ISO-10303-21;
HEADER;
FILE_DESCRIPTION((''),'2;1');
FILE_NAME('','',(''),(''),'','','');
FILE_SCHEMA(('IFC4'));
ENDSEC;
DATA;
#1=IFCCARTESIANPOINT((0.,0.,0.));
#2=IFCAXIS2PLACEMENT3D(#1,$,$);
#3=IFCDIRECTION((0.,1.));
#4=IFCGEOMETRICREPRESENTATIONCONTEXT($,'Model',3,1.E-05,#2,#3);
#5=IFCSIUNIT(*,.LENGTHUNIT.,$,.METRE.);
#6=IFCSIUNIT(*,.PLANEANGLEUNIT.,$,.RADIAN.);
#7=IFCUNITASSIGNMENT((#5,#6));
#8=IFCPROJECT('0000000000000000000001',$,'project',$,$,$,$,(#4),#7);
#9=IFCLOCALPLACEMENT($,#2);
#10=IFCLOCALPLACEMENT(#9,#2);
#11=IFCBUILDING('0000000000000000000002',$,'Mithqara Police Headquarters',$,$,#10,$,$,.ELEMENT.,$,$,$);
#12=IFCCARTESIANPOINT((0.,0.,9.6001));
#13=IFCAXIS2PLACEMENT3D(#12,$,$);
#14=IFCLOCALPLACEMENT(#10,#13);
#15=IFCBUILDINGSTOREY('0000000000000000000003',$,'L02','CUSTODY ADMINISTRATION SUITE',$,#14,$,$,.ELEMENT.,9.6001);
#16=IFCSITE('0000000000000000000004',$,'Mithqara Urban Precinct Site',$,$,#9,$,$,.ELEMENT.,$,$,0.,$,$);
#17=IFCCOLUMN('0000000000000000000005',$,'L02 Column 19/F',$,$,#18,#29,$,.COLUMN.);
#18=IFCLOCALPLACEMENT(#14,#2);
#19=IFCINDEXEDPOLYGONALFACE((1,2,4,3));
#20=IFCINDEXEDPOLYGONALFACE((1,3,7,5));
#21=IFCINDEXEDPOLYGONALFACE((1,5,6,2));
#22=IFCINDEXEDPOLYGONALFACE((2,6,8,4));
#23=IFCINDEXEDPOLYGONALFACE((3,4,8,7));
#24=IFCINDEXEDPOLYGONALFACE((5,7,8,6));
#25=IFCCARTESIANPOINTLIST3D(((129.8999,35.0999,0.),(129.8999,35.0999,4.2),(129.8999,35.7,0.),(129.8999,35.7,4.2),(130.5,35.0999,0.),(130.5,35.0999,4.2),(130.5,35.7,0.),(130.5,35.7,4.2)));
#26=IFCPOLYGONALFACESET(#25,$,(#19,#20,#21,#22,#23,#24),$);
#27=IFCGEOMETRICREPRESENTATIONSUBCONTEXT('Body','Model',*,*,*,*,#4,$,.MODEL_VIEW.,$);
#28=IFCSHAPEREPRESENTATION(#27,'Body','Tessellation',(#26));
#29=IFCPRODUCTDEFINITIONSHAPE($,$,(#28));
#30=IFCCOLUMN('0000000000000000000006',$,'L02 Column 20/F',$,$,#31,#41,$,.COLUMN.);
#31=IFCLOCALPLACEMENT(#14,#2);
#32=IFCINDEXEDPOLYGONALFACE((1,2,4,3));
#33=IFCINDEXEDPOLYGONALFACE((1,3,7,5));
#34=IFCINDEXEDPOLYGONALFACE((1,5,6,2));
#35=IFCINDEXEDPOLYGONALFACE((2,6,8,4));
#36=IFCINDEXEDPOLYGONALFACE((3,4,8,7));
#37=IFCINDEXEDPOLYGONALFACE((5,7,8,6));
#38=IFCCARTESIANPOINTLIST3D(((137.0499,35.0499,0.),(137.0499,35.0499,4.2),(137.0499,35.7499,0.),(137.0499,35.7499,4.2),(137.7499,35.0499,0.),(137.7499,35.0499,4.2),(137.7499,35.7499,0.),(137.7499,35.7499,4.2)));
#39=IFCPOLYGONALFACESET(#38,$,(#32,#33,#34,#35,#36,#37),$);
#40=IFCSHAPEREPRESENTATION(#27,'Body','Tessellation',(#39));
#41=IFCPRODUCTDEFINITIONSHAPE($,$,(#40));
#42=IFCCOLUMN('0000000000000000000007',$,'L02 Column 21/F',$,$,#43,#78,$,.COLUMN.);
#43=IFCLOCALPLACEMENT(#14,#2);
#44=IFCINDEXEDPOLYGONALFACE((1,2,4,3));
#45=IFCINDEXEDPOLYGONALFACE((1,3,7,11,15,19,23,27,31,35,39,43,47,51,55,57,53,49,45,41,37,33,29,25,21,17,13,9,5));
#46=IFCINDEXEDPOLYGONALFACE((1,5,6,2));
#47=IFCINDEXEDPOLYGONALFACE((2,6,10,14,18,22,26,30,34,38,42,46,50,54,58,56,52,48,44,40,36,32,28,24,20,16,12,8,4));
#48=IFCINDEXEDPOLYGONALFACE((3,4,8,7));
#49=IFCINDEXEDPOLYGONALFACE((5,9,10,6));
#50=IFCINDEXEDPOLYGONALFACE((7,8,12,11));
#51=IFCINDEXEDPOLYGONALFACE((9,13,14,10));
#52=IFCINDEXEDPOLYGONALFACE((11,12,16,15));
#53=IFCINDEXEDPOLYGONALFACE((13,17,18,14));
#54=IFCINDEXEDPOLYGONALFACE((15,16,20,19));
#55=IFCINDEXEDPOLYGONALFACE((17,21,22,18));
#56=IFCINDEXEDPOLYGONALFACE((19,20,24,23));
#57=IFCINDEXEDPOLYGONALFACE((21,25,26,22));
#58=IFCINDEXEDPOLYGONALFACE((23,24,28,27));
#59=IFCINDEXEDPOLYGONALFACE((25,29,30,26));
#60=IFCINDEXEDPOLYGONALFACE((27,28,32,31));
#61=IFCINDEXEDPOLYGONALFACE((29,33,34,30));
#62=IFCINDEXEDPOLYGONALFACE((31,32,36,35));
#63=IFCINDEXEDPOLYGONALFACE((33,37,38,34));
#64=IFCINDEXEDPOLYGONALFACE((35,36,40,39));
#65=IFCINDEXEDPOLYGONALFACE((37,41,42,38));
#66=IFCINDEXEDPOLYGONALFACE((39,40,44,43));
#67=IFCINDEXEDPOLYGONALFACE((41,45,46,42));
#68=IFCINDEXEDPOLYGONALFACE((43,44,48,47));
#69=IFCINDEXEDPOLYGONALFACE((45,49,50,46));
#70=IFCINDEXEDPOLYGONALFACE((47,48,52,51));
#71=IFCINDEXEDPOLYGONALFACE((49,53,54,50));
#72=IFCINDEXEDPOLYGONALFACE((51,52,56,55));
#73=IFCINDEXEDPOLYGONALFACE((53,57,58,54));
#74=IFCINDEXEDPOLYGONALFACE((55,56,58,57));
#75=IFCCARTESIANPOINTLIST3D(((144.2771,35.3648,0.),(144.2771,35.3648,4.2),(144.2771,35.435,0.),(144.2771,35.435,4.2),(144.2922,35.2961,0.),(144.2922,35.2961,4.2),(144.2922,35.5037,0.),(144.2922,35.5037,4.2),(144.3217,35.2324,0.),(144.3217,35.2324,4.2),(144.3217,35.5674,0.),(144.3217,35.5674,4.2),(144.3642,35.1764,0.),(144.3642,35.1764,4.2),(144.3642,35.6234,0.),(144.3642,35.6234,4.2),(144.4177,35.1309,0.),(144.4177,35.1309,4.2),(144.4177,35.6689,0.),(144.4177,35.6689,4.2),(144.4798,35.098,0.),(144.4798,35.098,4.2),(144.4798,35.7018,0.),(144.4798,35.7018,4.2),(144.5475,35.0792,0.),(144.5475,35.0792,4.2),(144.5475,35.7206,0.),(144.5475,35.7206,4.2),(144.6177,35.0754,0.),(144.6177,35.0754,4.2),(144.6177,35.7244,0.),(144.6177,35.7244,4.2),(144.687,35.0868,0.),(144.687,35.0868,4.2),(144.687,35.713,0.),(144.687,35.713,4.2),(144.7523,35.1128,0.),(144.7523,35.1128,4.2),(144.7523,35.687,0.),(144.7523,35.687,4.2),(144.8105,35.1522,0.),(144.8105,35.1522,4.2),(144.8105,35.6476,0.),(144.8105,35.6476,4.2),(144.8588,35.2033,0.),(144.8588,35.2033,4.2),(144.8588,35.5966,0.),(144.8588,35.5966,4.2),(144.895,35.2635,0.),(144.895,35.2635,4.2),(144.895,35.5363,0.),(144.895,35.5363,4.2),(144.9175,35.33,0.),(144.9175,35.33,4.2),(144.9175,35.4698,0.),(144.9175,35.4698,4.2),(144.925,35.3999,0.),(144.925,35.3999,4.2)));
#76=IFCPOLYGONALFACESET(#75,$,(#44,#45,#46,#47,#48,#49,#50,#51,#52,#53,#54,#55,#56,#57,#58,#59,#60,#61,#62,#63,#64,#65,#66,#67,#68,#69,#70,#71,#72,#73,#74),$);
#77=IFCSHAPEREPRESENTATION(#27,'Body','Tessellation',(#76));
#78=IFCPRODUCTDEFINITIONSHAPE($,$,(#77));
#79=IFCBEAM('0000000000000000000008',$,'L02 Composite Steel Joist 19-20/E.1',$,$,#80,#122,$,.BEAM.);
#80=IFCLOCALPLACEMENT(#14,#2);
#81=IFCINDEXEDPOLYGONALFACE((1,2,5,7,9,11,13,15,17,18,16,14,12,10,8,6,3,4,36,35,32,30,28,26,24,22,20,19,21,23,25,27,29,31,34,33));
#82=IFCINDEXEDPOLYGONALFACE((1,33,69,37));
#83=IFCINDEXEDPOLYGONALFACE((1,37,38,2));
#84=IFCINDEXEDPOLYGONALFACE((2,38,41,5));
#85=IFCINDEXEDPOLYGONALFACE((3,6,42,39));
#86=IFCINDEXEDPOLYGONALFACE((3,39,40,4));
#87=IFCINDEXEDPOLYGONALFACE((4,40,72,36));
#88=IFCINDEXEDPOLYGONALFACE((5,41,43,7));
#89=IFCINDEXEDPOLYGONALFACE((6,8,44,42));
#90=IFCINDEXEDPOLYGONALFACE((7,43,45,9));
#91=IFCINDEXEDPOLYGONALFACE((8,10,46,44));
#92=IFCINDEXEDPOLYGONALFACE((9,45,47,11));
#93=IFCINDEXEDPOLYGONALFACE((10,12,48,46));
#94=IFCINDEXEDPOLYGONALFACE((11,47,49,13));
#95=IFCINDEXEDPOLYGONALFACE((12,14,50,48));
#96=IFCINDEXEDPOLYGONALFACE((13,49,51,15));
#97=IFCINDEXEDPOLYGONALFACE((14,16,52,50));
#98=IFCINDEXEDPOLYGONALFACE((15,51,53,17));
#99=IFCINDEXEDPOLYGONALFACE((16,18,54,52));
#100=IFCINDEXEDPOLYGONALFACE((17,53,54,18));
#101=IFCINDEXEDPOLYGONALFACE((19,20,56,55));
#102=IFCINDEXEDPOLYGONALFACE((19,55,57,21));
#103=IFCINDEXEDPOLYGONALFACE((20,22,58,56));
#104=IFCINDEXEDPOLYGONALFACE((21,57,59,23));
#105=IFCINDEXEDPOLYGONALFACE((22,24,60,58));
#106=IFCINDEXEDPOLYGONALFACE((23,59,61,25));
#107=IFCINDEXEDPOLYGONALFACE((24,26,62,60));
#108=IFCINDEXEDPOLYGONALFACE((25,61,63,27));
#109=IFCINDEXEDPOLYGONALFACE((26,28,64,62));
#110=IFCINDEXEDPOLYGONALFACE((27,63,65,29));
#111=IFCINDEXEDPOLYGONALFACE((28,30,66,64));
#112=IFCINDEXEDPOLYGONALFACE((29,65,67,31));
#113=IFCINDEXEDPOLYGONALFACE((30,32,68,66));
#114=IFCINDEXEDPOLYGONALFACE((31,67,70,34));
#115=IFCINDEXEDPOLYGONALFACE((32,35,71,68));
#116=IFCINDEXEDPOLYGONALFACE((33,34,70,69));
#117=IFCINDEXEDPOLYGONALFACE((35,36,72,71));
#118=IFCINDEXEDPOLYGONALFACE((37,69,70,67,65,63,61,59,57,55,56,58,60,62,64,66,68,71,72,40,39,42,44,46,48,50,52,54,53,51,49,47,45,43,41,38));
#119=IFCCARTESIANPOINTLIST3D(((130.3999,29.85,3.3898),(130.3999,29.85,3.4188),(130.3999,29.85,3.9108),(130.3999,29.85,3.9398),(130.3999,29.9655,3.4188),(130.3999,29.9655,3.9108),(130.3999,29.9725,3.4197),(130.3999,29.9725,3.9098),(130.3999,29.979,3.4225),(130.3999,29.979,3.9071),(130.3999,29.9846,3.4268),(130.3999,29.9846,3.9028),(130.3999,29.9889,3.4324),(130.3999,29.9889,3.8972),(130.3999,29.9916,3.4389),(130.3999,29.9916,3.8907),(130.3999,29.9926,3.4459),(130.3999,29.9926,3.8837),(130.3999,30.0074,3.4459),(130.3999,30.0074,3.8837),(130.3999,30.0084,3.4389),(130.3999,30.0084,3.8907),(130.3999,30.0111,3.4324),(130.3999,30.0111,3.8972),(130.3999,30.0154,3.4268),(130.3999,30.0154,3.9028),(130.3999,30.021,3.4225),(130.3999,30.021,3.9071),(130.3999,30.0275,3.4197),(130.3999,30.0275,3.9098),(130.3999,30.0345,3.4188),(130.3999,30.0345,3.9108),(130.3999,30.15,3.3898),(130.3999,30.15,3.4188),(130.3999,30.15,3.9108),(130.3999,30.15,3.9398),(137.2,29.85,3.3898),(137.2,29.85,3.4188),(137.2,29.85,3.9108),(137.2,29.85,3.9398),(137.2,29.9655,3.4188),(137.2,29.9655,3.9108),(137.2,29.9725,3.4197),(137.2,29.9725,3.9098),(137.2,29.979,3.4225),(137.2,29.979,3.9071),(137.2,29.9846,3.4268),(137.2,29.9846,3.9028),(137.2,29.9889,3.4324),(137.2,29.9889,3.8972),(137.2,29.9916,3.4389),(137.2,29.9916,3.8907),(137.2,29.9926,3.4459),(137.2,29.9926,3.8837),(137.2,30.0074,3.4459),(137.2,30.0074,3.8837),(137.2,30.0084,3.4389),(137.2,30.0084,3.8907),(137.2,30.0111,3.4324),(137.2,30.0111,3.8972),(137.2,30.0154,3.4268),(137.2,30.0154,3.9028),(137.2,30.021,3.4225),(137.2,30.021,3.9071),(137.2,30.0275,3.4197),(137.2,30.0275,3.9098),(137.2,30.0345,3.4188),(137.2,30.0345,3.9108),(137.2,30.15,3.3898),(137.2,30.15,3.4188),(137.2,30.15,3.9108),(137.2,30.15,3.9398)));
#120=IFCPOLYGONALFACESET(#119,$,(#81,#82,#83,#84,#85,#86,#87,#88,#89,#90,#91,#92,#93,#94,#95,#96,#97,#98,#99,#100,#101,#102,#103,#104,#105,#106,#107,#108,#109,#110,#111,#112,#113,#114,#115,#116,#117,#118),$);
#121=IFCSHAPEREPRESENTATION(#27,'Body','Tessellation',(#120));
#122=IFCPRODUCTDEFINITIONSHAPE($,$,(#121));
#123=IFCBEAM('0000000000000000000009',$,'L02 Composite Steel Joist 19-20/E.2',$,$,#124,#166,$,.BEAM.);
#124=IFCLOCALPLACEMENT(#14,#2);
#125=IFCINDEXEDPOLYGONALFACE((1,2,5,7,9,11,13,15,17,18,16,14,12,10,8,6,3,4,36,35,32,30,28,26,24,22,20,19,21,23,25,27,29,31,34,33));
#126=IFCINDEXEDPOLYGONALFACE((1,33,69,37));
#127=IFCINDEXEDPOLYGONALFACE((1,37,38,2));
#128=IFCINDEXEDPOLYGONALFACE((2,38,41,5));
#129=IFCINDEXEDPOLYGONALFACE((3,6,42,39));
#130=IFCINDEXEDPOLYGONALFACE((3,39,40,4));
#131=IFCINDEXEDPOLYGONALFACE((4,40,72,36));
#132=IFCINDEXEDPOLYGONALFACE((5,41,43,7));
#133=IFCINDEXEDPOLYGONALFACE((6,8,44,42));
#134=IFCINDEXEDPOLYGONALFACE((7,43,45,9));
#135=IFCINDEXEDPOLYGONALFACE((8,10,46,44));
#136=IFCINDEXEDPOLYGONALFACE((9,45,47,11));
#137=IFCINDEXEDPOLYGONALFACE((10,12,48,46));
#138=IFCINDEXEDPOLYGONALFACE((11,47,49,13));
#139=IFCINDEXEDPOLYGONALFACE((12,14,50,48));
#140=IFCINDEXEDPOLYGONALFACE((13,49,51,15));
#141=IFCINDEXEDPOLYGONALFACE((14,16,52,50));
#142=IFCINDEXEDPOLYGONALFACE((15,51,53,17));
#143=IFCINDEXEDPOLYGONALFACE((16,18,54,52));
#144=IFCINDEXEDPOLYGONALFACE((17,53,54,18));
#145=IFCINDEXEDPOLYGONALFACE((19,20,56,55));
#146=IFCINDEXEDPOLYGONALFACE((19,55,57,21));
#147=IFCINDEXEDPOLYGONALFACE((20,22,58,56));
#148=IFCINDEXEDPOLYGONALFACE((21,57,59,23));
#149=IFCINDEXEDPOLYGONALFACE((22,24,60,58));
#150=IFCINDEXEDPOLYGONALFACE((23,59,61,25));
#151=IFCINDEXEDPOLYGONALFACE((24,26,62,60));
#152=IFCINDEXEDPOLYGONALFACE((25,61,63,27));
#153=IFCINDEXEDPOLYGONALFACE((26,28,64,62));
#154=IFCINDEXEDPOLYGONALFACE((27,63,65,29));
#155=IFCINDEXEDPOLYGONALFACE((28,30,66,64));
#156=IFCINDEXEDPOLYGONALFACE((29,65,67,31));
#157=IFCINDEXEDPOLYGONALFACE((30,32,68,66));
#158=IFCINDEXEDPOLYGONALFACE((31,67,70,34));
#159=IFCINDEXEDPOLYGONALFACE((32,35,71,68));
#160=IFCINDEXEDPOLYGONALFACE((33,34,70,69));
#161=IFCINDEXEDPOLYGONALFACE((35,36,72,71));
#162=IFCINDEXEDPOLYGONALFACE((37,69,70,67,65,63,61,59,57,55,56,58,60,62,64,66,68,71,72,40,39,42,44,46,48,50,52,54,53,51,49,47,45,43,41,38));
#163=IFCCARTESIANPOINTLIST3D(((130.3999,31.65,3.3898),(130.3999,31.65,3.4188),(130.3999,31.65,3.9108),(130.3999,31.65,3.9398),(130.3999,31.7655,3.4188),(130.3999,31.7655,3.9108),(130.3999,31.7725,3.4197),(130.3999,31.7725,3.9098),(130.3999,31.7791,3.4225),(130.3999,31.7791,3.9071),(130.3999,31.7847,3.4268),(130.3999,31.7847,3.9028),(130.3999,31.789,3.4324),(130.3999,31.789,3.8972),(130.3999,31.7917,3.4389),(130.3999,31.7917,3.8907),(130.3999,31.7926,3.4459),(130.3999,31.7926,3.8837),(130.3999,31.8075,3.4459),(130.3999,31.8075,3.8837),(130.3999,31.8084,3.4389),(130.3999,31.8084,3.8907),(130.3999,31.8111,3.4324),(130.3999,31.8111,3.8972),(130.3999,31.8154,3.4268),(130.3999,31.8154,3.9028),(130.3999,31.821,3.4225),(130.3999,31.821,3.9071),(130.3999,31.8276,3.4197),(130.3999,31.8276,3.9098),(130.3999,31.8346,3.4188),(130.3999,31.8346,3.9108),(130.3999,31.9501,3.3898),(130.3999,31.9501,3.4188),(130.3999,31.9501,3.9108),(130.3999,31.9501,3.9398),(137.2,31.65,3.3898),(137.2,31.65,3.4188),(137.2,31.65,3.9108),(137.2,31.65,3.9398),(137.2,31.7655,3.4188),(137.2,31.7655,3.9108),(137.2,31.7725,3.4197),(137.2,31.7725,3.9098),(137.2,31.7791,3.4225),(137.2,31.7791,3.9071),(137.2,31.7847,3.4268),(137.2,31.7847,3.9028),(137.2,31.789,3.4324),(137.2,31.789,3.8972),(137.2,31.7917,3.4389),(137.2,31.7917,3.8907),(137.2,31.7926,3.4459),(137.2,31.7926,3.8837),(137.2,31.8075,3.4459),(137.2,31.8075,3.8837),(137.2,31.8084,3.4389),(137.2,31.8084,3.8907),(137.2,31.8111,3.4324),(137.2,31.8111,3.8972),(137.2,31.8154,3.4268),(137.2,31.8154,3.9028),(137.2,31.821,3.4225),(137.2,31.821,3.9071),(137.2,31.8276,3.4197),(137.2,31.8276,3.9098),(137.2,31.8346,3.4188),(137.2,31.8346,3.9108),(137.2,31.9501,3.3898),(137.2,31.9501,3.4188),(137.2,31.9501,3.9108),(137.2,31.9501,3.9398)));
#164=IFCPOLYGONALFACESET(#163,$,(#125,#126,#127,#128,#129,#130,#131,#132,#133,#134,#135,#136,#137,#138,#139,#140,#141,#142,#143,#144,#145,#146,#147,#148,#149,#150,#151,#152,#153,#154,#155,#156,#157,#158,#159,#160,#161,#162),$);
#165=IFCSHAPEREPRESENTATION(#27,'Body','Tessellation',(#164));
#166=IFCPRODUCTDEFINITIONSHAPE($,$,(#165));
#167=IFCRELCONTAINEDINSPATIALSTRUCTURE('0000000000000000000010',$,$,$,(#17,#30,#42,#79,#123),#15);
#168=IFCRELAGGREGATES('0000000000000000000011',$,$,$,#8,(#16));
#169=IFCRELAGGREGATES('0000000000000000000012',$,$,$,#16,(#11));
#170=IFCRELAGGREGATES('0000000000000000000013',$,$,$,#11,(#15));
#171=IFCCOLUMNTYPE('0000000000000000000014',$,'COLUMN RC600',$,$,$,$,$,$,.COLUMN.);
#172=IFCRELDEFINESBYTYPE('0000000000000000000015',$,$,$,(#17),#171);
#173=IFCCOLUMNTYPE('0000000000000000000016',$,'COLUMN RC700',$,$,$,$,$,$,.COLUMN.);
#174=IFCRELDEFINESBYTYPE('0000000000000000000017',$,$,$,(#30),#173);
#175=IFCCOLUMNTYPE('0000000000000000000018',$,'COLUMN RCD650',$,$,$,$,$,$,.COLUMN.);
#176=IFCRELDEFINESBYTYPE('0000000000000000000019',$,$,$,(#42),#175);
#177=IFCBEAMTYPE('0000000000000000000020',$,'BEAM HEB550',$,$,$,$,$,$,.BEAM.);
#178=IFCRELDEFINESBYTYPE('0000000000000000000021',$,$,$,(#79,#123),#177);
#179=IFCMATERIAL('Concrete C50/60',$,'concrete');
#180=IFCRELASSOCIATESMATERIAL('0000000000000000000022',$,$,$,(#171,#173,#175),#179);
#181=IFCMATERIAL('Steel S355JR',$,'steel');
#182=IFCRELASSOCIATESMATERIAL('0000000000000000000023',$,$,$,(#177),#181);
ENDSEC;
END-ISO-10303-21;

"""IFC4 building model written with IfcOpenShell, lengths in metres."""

from ifc_helpers import new_model, si_unit, direction, frame, origin, origin_2d, place, context, subcontext, project, spatial, rectangle, circle, i_section, extrude, material, material_profile, profile_set, type_object, element, save


model = new_model("IFC4")

# Units and contexts
model_context = context("Model", 3, precision=1e-05, world=origin(), true_north=direction((0.0, 1.0)))
body_context = subcontext(model_context, "Body", "Model", "MODEL_VIEW")
ifc_project = project(units=[si_unit("LENGTHUNIT", "METRE"), si_unit("PLANEANGLEUNIT", "RADIAN")], contexts=[model_context])

# Site, building, storey
site_placement = place(None, origin())
site = spatial("IfcSite", under=ifc_project, at=site_placement, Name="Mithqara Urban Precinct Site", CompositionType="ELEMENT", RefElevation=0.0)
building_placement = place(site_placement, origin())
building = spatial("IfcBuilding", under=site, at=building_placement, Name="Mithqara Police Headquarters", CompositionType="ELEMENT")
storey_placement = place(building_placement, frame((0.0, 0.0, 9.6001)))
storey = spatial("IfcBuildingStorey", under=building, at=storey_placement, Name="L02", Description="CUSTODY ADMINISTRATION SUITE", CompositionType="ELEMENT", Elevation=9.6001)

# Columns
ifc_material_1 = material(Name="Concrete C50/60", Category="concrete")
ifc_material_profile_1 = material_profile(ifc_material_1, rectangle(XDim=0.6001, YDim=0.6001, at=origin_2d()), Name="RC 600x600")
ifc_profile_set_1 = profile_set([ifc_material_profile_1], Name="Concrete C50/60")
column_type_1 = type_object("IfcColumnType", Name="COLUMN RC600", PredefinedType="COLUMN", material=ifc_profile_set_1)
column_1_placement = place(storey_placement, frame((130.2, 35.3999, 0.0), z_axis=(0.0, 0.0, 1.0), x_axis=(1.0, 0.0, 0.0)))
element("IfcColumn", 1, at=column_1_placement, inside=storey, type_object=column_type_1, Name="L02 Column 19/F", PredefinedType="COLUMN", context=body_context, shape_type="SweptSolid", body=[
    extrude(rectangle(XDim=0.6001, YDim=0.6001, at=origin_2d()), origin(), (0.0, 0.0, 1.0), 4.2),
])
ifc_material_profile_2 = material_profile(ifc_material_1, rectangle(XDim=0.7, YDim=0.7, at=origin_2d()), Name="RC 700x700")
ifc_profile_set_2 = profile_set([ifc_material_profile_2], Name="Concrete C50/60")
column_type_2 = type_object("IfcColumnType", Name="COLUMN RC700", PredefinedType="COLUMN", material=ifc_profile_set_2)
column_2_placement = place(storey_placement, frame((137.3999, 35.3999, 0.0), z_axis=(0.0, 0.0, 1.0), x_axis=(1.0, 0.0, 0.0)))
element("IfcColumn", 2, at=column_2_placement, inside=storey, type_object=column_type_2, Name="L02 Column 20/F", PredefinedType="COLUMN", context=body_context, shape_type="SweptSolid", body=[
    extrude(rectangle(XDim=0.7, YDim=0.7, at=origin_2d()), origin(), (0.0, 0.0, 1.0), 4.2),
])
ifc_material_profile_3 = material_profile(ifc_material_1, circle(Radius=0.325, at=origin_2d()), Name="RCD 650")
ifc_profile_set_3 = profile_set([ifc_material_profile_3], Name="Concrete C50/60")
column_type_3 = type_object("IfcColumnType", Name="COLUMN RCD650", PredefinedType="COLUMN", material=ifc_profile_set_3)
column_3_placement = place(storey_placement, frame((144.6001, 35.3999, 0.0), z_axis=(0.0, 0.0, 1.0), x_axis=(1.0, 0.0, 0.0)))
element("IfcColumn", 3, at=column_3_placement, inside=storey, type_object=column_type_3, Name="L02 Column 21/F", PredefinedType="COLUMN", context=body_context, shape_type="SweptSolid", body=[
    extrude(circle(Radius=0.325, at=origin_2d()), origin(), (0.0, 0.0, 1.0), 4.2),
])

# Beams
ifc_material_2 = material(Name="Steel S355JR", Category="steel")
ifc_material_profile_4 = material_profile(ifc_material_2, i_section(OverallWidth=0.3, OverallDepth=0.55, WebThickness=0.0149, FlangeThickness=0.0291, FilletRadius=0.0271, at=origin_2d()), Name="HEB 550")
ifc_profile_set_4 = profile_set([ifc_material_profile_4], Name="Steel S355JR")
beam_type_1 = type_object("IfcBeamType", Name="BEAM HEB550", PredefinedType="BEAM", material=ifc_profile_set_4)
for number, where, z_axis, x_axis, name in (
    (4, (130.3999, 30.0, 3.6648), (1.0, 0.0, 0.0), (0.0, 1.0, 0.0), "L02 Composite Steel Joist 19-20/E.1"),
    (5, (130.3999, 31.8, 3.6648), (1.0, 0.0, 0.0), (0.0, 1.0, 0.0), "L02 Composite Steel Joist 19-20/E.2"),
):
    element("IfcBeam", number, at=place(storey_placement, frame(where, z_axis=z_axis, x_axis=x_axis)), inside=storey, type_object=beam_type_1, Name=name, PredefinedType="BEAM", context=body_context, shape_type="SweptSolid", body=[
        extrude(i_section(OverallWidth=0.3, OverallDepth=0.55, WebThickness=0.0149, FlangeThickness=0.0291, FilletRadius=0.0271, at=origin_2d()), origin(), (0.0, 0.0, 1.0), 6.8),
    ])

save(model, "model.ifc")
